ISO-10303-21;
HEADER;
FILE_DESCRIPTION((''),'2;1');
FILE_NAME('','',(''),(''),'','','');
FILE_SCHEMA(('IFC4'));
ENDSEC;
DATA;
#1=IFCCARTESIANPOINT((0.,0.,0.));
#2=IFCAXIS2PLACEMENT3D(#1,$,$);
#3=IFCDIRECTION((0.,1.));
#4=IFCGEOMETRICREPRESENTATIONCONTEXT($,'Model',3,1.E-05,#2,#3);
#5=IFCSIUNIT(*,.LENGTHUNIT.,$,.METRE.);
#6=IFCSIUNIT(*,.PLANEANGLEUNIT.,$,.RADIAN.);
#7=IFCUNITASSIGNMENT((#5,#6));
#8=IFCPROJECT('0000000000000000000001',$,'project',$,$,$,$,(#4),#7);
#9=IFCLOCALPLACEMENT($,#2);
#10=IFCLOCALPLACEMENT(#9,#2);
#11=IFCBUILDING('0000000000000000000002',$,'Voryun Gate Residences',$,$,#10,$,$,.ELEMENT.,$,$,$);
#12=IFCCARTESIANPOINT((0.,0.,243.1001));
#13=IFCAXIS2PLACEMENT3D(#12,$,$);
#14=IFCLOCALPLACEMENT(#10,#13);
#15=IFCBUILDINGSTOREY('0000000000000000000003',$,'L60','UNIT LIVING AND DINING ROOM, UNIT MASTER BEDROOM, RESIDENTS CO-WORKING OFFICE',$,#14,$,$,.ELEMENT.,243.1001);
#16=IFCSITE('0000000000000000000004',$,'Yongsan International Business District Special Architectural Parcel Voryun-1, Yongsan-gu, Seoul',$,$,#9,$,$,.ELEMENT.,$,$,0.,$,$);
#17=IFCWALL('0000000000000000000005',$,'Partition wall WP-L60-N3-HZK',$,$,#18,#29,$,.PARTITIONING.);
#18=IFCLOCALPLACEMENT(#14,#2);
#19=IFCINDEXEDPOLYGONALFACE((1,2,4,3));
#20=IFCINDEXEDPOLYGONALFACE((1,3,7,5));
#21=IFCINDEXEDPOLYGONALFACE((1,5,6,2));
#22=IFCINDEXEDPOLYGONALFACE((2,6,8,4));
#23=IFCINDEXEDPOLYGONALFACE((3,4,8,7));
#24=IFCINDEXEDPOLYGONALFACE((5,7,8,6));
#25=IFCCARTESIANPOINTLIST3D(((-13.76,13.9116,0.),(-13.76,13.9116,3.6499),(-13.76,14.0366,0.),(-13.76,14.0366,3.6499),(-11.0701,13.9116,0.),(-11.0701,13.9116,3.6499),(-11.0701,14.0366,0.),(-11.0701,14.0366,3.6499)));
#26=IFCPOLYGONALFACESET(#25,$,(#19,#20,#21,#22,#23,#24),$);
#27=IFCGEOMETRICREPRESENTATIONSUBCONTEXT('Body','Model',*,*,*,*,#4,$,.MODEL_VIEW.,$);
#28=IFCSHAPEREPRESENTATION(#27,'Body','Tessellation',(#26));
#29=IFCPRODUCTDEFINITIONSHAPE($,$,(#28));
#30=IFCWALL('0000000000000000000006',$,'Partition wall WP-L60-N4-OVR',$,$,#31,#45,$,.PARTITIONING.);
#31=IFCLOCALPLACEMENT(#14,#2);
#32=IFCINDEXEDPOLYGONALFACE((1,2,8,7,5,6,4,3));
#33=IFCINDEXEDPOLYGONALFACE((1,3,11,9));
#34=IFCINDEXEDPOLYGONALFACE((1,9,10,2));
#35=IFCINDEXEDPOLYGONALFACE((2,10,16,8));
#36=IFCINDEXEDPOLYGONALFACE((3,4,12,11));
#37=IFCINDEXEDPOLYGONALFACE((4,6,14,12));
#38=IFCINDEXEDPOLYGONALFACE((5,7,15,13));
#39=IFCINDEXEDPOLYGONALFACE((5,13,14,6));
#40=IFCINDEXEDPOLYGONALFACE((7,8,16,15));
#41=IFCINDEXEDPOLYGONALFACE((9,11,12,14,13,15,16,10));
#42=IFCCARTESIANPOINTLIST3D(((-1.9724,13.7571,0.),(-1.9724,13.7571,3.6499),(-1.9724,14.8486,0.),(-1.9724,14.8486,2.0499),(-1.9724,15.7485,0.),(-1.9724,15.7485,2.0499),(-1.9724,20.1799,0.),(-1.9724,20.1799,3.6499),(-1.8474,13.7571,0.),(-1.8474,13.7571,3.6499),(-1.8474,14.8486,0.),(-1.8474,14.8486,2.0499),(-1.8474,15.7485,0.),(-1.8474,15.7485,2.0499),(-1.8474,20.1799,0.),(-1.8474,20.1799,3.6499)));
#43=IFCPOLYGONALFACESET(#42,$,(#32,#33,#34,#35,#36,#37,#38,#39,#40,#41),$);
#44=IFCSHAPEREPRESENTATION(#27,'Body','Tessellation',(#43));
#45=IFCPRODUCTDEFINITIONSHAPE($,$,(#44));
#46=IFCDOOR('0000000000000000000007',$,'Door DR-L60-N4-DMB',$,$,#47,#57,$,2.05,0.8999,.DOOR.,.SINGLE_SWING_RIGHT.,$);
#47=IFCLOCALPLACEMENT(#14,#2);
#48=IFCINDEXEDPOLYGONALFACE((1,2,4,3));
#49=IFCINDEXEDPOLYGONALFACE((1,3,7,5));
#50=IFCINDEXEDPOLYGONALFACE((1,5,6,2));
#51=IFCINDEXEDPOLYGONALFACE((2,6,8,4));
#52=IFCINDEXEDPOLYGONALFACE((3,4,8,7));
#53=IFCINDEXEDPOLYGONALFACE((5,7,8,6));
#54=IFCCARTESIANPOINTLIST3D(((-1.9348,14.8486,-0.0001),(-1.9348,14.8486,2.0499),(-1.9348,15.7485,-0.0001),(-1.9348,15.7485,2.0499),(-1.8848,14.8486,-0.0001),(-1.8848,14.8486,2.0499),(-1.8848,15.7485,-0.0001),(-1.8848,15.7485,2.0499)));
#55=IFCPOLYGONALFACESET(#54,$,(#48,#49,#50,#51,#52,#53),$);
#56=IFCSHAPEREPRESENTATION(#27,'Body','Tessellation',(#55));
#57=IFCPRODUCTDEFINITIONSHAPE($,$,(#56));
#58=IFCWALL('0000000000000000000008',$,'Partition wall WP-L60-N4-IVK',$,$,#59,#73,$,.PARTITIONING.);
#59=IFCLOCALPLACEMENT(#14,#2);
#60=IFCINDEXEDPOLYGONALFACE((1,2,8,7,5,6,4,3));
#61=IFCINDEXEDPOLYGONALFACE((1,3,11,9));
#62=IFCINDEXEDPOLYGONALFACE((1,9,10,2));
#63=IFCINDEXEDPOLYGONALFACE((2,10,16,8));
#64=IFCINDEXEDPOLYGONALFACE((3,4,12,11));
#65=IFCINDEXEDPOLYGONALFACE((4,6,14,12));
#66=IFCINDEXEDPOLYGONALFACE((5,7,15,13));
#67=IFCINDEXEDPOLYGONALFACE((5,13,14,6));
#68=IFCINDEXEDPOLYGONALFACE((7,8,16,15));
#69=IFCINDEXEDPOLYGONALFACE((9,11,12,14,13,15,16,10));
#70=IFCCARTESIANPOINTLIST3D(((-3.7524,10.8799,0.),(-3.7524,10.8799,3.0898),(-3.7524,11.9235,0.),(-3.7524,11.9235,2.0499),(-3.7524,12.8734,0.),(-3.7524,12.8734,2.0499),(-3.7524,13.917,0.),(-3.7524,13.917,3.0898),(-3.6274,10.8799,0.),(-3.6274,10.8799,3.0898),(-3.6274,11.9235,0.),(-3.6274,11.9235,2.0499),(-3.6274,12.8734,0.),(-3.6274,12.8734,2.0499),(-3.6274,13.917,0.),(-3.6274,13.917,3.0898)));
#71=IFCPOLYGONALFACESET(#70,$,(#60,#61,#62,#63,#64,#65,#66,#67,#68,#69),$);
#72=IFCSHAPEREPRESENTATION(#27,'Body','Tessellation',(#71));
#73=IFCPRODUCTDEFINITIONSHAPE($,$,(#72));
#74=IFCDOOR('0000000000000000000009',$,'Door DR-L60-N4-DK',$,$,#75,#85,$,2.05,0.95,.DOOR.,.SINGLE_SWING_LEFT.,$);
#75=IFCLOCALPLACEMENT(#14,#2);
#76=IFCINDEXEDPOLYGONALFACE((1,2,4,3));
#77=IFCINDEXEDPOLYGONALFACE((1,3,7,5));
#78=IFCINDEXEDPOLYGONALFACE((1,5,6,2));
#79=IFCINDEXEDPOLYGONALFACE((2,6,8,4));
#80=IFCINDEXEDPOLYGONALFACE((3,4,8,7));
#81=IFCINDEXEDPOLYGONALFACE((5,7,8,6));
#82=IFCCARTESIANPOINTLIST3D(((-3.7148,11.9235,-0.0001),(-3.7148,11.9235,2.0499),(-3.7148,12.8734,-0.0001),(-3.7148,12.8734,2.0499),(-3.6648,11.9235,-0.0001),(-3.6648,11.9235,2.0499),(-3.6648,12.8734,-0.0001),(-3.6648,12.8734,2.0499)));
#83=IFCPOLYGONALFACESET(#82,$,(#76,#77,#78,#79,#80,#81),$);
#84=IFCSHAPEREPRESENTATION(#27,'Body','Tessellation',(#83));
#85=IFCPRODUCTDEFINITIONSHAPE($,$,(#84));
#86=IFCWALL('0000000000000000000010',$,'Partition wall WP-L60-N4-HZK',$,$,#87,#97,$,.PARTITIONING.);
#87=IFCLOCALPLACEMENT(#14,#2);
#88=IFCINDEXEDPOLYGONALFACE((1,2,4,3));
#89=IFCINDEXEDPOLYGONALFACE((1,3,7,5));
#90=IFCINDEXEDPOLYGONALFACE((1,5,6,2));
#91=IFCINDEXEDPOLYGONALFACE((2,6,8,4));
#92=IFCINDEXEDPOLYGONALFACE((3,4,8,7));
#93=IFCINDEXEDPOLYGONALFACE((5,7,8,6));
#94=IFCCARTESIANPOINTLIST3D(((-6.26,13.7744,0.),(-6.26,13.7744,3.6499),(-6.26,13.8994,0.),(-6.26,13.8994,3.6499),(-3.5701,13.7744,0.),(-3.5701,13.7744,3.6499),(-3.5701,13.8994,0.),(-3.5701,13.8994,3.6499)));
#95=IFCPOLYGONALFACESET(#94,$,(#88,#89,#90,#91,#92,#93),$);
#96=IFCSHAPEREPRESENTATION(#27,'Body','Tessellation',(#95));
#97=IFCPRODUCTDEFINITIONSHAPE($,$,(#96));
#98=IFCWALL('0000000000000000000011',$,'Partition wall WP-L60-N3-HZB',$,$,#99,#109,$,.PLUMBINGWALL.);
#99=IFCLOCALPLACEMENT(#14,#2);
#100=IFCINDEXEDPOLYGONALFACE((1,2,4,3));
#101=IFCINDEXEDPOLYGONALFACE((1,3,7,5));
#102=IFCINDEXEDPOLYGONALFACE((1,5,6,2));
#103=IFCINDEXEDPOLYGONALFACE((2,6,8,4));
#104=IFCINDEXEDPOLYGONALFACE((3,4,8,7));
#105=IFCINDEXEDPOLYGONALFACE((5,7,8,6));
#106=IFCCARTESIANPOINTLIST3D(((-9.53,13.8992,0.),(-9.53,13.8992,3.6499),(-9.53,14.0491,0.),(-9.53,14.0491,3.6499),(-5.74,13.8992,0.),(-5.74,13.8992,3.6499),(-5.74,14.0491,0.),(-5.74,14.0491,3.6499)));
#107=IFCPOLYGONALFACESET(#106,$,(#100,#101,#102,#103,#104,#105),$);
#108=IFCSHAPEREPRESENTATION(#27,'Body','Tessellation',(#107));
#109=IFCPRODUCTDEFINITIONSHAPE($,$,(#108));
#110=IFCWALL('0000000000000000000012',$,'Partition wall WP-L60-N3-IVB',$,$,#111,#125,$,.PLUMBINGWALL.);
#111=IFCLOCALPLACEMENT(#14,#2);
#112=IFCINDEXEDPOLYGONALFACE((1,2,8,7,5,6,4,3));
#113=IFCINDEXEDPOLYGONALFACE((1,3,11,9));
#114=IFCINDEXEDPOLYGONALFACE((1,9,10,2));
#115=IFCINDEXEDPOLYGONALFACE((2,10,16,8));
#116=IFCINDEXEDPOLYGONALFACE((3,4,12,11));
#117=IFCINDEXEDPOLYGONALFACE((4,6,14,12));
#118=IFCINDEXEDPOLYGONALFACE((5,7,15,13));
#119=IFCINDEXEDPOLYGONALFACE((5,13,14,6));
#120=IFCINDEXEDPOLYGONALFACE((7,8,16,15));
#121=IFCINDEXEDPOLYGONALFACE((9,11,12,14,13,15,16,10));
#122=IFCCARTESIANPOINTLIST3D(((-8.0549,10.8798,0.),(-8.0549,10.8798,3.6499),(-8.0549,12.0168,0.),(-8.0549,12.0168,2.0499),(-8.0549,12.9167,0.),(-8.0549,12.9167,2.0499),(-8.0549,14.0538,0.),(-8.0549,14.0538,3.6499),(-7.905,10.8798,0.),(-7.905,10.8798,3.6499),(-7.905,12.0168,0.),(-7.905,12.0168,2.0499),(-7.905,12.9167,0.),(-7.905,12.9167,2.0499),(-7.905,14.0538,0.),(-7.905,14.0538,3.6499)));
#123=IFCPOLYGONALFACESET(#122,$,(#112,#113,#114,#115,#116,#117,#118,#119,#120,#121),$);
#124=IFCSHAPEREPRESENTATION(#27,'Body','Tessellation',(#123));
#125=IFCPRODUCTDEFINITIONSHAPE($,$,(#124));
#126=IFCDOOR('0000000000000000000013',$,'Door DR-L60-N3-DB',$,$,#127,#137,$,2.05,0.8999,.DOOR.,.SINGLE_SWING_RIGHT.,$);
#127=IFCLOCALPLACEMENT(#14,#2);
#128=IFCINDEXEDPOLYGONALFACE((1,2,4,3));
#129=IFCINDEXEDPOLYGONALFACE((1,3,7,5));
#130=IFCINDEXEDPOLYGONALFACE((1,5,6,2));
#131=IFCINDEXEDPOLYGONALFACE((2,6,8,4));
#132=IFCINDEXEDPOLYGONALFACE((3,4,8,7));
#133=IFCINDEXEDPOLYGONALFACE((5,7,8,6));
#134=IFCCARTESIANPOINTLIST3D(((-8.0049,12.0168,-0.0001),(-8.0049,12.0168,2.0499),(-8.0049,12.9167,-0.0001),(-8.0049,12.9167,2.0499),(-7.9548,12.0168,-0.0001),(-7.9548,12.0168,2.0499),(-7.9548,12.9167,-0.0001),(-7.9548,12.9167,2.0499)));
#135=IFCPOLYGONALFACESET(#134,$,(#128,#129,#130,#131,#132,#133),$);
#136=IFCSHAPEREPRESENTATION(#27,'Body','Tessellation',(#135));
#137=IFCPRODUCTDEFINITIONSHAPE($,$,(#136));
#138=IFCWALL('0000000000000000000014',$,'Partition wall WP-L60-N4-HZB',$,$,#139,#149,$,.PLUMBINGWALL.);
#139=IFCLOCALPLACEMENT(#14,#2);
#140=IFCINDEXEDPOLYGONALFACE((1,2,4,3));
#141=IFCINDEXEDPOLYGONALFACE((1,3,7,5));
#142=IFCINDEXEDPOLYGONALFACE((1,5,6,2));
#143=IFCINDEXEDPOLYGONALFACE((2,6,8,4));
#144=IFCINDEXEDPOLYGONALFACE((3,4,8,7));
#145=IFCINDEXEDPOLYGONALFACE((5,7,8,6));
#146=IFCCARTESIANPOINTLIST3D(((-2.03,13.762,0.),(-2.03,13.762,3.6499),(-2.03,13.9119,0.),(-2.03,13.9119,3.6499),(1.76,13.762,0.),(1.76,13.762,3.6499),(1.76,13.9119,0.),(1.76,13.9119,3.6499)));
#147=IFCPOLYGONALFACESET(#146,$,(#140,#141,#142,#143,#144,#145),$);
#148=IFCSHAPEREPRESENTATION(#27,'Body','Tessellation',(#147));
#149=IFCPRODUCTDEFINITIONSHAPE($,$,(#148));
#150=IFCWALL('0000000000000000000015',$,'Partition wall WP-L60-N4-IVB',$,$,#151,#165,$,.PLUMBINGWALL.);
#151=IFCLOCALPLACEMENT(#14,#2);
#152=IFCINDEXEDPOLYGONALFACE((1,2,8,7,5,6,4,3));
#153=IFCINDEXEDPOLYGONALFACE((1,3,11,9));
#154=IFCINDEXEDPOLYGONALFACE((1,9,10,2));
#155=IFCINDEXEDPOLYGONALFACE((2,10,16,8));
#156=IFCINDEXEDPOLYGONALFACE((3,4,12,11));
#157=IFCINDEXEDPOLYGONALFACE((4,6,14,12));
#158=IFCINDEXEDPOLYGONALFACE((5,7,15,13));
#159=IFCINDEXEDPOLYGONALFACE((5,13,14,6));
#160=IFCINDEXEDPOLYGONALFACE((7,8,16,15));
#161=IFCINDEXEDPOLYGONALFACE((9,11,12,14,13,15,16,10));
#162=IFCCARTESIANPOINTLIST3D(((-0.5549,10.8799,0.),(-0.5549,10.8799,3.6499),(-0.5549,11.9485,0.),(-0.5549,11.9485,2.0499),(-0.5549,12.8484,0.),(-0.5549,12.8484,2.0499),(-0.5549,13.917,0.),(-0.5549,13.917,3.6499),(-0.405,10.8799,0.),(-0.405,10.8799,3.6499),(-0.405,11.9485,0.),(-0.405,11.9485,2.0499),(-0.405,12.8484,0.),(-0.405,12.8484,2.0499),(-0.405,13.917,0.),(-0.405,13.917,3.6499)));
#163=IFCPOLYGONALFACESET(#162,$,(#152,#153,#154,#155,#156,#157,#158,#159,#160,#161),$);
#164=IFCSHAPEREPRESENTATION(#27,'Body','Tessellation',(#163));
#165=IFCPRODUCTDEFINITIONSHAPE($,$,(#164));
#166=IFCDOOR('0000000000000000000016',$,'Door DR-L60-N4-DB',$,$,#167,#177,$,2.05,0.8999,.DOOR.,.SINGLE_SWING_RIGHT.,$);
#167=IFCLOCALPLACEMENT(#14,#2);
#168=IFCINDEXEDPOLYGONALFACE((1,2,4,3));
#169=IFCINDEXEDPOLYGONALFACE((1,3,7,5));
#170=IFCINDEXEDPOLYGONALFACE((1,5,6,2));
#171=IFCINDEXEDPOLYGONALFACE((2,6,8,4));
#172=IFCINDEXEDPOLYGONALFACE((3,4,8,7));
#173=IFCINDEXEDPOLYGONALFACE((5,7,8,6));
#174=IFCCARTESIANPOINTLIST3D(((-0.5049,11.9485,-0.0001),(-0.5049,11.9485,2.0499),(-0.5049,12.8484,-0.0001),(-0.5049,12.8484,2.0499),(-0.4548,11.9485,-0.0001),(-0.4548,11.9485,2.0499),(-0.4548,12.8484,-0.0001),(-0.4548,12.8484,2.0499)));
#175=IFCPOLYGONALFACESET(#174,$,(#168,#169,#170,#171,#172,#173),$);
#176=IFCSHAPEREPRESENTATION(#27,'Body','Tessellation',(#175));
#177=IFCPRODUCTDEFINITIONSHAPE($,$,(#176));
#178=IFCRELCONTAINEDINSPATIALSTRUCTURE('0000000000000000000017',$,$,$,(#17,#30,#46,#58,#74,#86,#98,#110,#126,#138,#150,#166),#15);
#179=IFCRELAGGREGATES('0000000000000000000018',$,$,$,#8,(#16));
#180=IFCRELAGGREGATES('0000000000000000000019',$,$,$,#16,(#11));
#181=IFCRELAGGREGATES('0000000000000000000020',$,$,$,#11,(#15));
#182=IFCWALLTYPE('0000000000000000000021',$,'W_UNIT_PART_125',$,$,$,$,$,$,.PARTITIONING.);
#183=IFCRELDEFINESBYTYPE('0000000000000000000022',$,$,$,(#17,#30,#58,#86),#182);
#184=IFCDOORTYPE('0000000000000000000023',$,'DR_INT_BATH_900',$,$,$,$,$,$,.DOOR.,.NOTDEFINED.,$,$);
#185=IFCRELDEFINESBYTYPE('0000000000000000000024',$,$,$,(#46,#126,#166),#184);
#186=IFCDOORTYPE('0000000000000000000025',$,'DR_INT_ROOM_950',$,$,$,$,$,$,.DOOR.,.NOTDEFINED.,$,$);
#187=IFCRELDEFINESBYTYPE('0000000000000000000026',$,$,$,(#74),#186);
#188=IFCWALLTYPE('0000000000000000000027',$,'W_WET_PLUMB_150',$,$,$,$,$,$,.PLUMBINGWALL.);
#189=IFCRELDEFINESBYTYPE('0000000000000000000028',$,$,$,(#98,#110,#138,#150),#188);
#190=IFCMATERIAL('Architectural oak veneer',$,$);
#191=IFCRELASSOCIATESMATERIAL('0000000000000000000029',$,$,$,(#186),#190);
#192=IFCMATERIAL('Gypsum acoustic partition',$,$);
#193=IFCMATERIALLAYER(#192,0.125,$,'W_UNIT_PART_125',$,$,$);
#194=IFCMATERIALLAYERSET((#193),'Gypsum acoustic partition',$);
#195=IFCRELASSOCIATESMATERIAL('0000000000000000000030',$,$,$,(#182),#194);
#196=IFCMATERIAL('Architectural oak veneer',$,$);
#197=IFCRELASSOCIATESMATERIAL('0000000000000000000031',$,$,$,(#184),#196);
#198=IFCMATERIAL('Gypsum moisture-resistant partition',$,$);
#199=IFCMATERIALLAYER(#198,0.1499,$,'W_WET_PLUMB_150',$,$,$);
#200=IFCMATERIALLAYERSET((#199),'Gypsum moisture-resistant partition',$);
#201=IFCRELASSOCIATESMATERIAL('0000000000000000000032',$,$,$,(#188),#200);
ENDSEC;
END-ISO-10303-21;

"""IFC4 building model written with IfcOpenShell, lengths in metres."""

from ifc_helpers import new_model, si_unit, direction, frame, frame_2d, origin, place, context, subcontext, project, spatial, rectangle, extrude, material, layer, layer_set, type_object, element, fill, save


model = new_model("IFC4")

# Units and contexts
model_context = context("Model", 3, precision=1e-05, world=origin(), true_north=direction((0.0, 1.0)))
body_context = subcontext(model_context, "Body", "Model", "MODEL_VIEW")
ifc_project = project(units=[si_unit("LENGTHUNIT", "METRE"), si_unit("PLANEANGLEUNIT", "RADIAN")], contexts=[model_context])

# Site, building, storey
site_placement = place(None, origin())
site = spatial("IfcSite", under=ifc_project, at=site_placement, Name="Yongsan International Business District Special Architectural Parcel Voryun-1, Yongsan-gu, Seoul", CompositionType="ELEMENT", RefElevation=0.0)
building_placement = place(site_placement, origin())
building = spatial("IfcBuilding", under=site, at=building_placement, Name="Voryun Gate Residences", CompositionType="ELEMENT")
storey_placement = place(building_placement, frame((0.0, 0.0, 243.1001)))
storey = spatial("IfcBuildingStorey", under=building, at=storey_placement, Name="L60", Description="UNIT LIVING AND DINING ROOM, UNIT MASTER BEDROOM, RESIDENTS CO-WORKING OFFICE", CompositionType="ELEMENT", Elevation=243.1001)

# Shared definitions
ifc_material_1 = material(Name="Architectural oak veneer")
door_type_1 = type_object("IfcDoorType", Name="DR_INT_ROOM_950", OperationType="NOTDEFINED", PredefinedType="DOOR", material=ifc_material_1)

# Shared definitions
ifc_material_2 = material(Name="Gypsum acoustic partition")
ifc_layer_1 = layer(ifc_material_2, 0.125, Name="W_UNIT_PART_125")
ifc_layer_set_1 = layer_set([ifc_layer_1], Name="Gypsum acoustic partition")
wall_type_1 = type_object("IfcWallType", Name="W_UNIT_PART_125", PredefinedType="PARTITIONING", material=ifc_layer_set_1)
ifc_material_3 = material(Name="Architectural oak veneer")
door_type_2 = type_object("IfcDoorType", Name="DR_INT_BATH_900", OperationType="NOTDEFINED", PredefinedType="DOOR", material=ifc_material_3)

# Wall
wall_1_placement = place(storey_placement, frame((-13.76, 13.9741, 0.0), z_axis=(0.0, 0.0, 1.0), x_axis=(1.0, 0.0, 0.0)))
element("IfcWall", 1, at=wall_1_placement, inside=storey, type_object=wall_type_1, Name="Partition wall WP-L60-N3-HZK", PredefinedType="PARTITIONING", context=body_context, shape_type="SweptSolid", body=[
    extrude(rectangle(XDim=2.6899, YDim=0.125, at=frame_2d((1.345, 0.0))), origin(), (0.0, 0.0, 1.0), 3.6499),
])

# Walls, openings, doors
wall_2_placement = place(storey_placement, frame((-1.9099, 13.7571, 0.0), z_axis=(0.0, 0.0, 1.0), x_axis=(0.0, 1.0, 0.0)))
wall_2 = element("IfcWall", 2, at=wall_2_placement, inside=storey, type_object=wall_type_1, Name="Partition wall WP-L60-N4-OVR", PredefinedType="PARTITIONING", context=body_context, shape_type="SweptSolid", body=[
    extrude(rectangle(XDim=6.4229, YDim=0.125, at=frame_2d((3.2114, 0.0))), origin(), (0.0, 0.0, 1.0), 3.6499),
])
opening_1_placement = place(wall_2_placement, frame((1.0916, 0.0, 0.0)))
opening_1 = element("IfcOpeningElement", 3, at=opening_1_placement, cuts=wall_2, PredefinedType="OPENING", context=body_context, shape_type="SweptSolid", body=[
    extrude(rectangle(XDim=0.8999, YDim=2.05, at=frame_2d((0.45, 1.0249))), frame((0.0, 0.0725, 0.0), z_axis=(0.0, -1.0, 0.0), x_axis=(1.0, 0.0, 0.0)), (0.0, 0.0, 1.0), 0.145),
])
door_1_placement = place(opening_1_placement, origin())
door_1 = element("IfcDoor", 4, at=door_1_placement, inside=storey, type_object=door_type_2, Name="Door DR-L60-N4-DMB", OperationType="SINGLE_SWING_RIGHT", OverallHeight=2.05, OverallWidth=0.8999, PredefinedType="DOOR", context=body_context, shape_type="SweptSolid", body=[
    extrude(rectangle(XDim=0.8999, YDim=2.05, at=frame_2d((0.45, 1.0249))), frame((0.0, 0.0249, 0.0), z_axis=(0.0, -1.0, 0.0), x_axis=(1.0, 0.0, 0.0)), (0.0, 0.0, 1.0), 0.05),
])
fill(opening_1, door_1)
wall_3_placement = place(storey_placement, frame((-3.6899, 10.8799, 0.0), z_axis=(0.0, 0.0, 1.0), x_axis=(0.0, 1.0, 0.0)))
wall_3 = element("IfcWall", 5, at=wall_3_placement, inside=storey, type_object=wall_type_1, Name="Partition wall WP-L60-N4-IVK", PredefinedType="PARTITIONING", context=body_context, shape_type="SweptSolid", body=[
    extrude(rectangle(XDim=3.0371, YDim=0.125, at=frame_2d((1.5186, 0.0))), origin(), (0.0, 0.0, 1.0), 3.0898),
])
opening_2_placement = place(wall_3_placement, frame((1.0435, 0.0, 0.0)))
opening_2 = element("IfcOpeningElement", 6, at=opening_2_placement, cuts=wall_3, PredefinedType="OPENING", context=body_context, shape_type="SweptSolid", body=[
    extrude(rectangle(XDim=0.95, YDim=2.05, at=frame_2d((0.4751, 1.0249))), frame((0.0, 0.0725, 0.0), z_axis=(0.0, -1.0, 0.0), x_axis=(1.0, 0.0, 0.0)), (0.0, 0.0, 1.0), 0.145),
])
door_2_placement = place(opening_2_placement, origin())
door_2 = element("IfcDoor", 7, at=door_2_placement, inside=storey, type_object=door_type_1, Name="Door DR-L60-N4-DK", OperationType="SINGLE_SWING_LEFT", OverallHeight=2.05, OverallWidth=0.95, PredefinedType="DOOR", context=body_context, shape_type="SweptSolid", body=[
    extrude(rectangle(XDim=0.95, YDim=2.05, at=frame_2d((0.4751, 1.0249))), frame((0.0, 0.0249, 0.0), z_axis=(0.0, -1.0, 0.0), x_axis=(1.0, 0.0, 0.0)), (0.0, 0.0, 1.0), 0.05),
])
fill(opening_2, door_2)

# Walls
wall_4_placement = place(storey_placement, frame((-6.26, 13.8369, 0.0), z_axis=(0.0, 0.0, 1.0), x_axis=(1.0, 0.0, 0.0)))
element("IfcWall", 8, at=wall_4_placement, inside=storey, type_object=wall_type_1, Name="Partition wall WP-L60-N4-HZK", PredefinedType="PARTITIONING", context=body_context, shape_type="SweptSolid", body=[
    extrude(rectangle(XDim=2.6899, YDim=0.125, at=frame_2d((1.345, 0.0))), origin(), (0.0, 0.0, 1.0), 3.6499),
])
ifc_material_4 = material(Name="Gypsum moisture-resistant partition")
ifc_layer_2 = layer(ifc_material_4, 0.1499, Name="W_WET_PLUMB_150")
ifc_layer_set_2 = layer_set([ifc_layer_2], Name="Gypsum moisture-resistant partition")
wall_type_2 = type_object("IfcWallType", Name="W_WET_PLUMB_150", PredefinedType="PLUMBINGWALL", material=ifc_layer_set_2)
wall_5_placement = place(storey_placement, frame((-9.53, 13.9741, 0.0), z_axis=(0.0, 0.0, 1.0), x_axis=(1.0, 0.0, 0.0)))
element("IfcWall", 9, at=wall_5_placement, inside=storey, type_object=wall_type_2, Name="Partition wall WP-L60-N3-HZB", PredefinedType="PLUMBINGWALL", context=body_context, shape_type="SweptSolid", body=[
    extrude(rectangle(XDim=3.79, YDim=0.1499, at=frame_2d((1.895, 0.0))), origin(), (0.0, 0.0, 1.0), 3.6499),
])

# Wall, opening, door
wall_6_placement = place(storey_placement, frame((-7.98, 10.8799, 0.0), z_axis=(0.0, 0.0, 1.0), x_axis=(0.0, 1.0, 0.0)))
wall_6 = element("IfcWall", 10, at=wall_6_placement, inside=storey, type_object=wall_type_2, Name="Partition wall WP-L60-N3-IVB", PredefinedType="PLUMBINGWALL", context=body_context, shape_type="SweptSolid", body=[
    extrude(rectangle(XDim=3.1741, YDim=0.1499, at=frame_2d((1.5869, 0.0))), origin(), (0.0, 0.0, 1.0), 3.6499),
])
opening_3_placement = place(wall_6_placement, frame((1.137, 0.0, 0.0)))
opening_3 = element("IfcOpeningElement", 11, at=opening_3_placement, cuts=wall_6, PredefinedType="OPENING", context=body_context, shape_type="SweptSolid", body=[
    extrude(rectangle(XDim=0.8999, YDim=2.05, at=frame_2d((0.45, 1.0249))), frame((0.0, 0.085, 0.0), z_axis=(0.0, -1.0, 0.0), x_axis=(1.0, 0.0, 0.0)), (0.0, 0.0, 1.0), 0.1699),
])
door_3_placement = place(opening_3_placement, origin())
door_3 = element("IfcDoor", 12, at=door_3_placement, inside=storey, type_object=door_type_2, Name="Door DR-L60-N3-DB", OperationType="SINGLE_SWING_RIGHT", OverallHeight=2.05, OverallWidth=0.8999, PredefinedType="DOOR", context=body_context, shape_type="SweptSolid", body=[
    extrude(rectangle(XDim=0.8999, YDim=2.05, at=frame_2d((0.45, 1.0249))), frame((0.0, 0.0249, 0.0), z_axis=(0.0, -1.0, 0.0), x_axis=(1.0, 0.0, 0.0)), (0.0, 0.0, 1.0), 0.05),
])
fill(opening_3, door_3)

# Wall
wall_7_placement = place(storey_placement, frame((-2.03, 13.8369, 0.0), z_axis=(0.0, 0.0, 1.0), x_axis=(1.0, 0.0, 0.0)))
element("IfcWall", 13, at=wall_7_placement, inside=storey, type_object=wall_type_2, Name="Partition wall WP-L60-N4-HZB", PredefinedType="PLUMBINGWALL", context=body_context, shape_type="SweptSolid", body=[
    extrude(rectangle(XDim=3.79, YDim=0.1499, at=frame_2d((1.895, 0.0))), origin(), (0.0, 0.0, 1.0), 3.6499),
])

# Wall, opening, door
wall_8_placement = place(storey_placement, frame((-0.48, 10.8799, 0.0), z_axis=(0.0, 0.0, 1.0), x_axis=(0.0, 1.0, 0.0)))
wall_8 = element("IfcWall", 14, at=wall_8_placement, inside=storey, type_object=wall_type_2, Name="Partition wall WP-L60-N4-IVB", PredefinedType="PLUMBINGWALL", context=body_context, shape_type="SweptSolid", body=[
    extrude(rectangle(XDim=3.0371, YDim=0.1499, at=frame_2d((1.5186, 0.0))), origin(), (0.0, 0.0, 1.0), 3.6499),
])
opening_4_placement = place(wall_8_placement, frame((1.0686, 0.0, 0.0)))
opening_4 = element("IfcOpeningElement", 15, at=opening_4_placement, cuts=wall_8, PredefinedType="OPENING", context=body_context, shape_type="SweptSolid", body=[
    extrude(rectangle(XDim=0.8999, YDim=2.05, at=frame_2d((0.45, 1.0249))), frame((0.0, 0.085, 0.0), z_axis=(0.0, -1.0, 0.0), x_axis=(1.0, 0.0, 0.0)), (0.0, 0.0, 1.0), 0.1699),
])
door_4_placement = place(opening_4_placement, origin())
door_4 = element("IfcDoor", 16, at=door_4_placement, inside=storey, type_object=door_type_2, Name="Door DR-L60-N4-DB", OperationType="SINGLE_SWING_RIGHT", OverallHeight=2.05, OverallWidth=0.8999, PredefinedType="DOOR", context=body_context, shape_type="SweptSolid", body=[
    extrude(rectangle(XDim=0.8999, YDim=2.05, at=frame_2d((0.45, 1.0249))), frame((0.0, 0.0249, 0.0), z_axis=(0.0, -1.0, 0.0), x_axis=(1.0, 0.0, 0.0)), (0.0, 0.0, 1.0), 0.05),
])
fill(opening_4, door_4)

save(model, "model.ifc")
